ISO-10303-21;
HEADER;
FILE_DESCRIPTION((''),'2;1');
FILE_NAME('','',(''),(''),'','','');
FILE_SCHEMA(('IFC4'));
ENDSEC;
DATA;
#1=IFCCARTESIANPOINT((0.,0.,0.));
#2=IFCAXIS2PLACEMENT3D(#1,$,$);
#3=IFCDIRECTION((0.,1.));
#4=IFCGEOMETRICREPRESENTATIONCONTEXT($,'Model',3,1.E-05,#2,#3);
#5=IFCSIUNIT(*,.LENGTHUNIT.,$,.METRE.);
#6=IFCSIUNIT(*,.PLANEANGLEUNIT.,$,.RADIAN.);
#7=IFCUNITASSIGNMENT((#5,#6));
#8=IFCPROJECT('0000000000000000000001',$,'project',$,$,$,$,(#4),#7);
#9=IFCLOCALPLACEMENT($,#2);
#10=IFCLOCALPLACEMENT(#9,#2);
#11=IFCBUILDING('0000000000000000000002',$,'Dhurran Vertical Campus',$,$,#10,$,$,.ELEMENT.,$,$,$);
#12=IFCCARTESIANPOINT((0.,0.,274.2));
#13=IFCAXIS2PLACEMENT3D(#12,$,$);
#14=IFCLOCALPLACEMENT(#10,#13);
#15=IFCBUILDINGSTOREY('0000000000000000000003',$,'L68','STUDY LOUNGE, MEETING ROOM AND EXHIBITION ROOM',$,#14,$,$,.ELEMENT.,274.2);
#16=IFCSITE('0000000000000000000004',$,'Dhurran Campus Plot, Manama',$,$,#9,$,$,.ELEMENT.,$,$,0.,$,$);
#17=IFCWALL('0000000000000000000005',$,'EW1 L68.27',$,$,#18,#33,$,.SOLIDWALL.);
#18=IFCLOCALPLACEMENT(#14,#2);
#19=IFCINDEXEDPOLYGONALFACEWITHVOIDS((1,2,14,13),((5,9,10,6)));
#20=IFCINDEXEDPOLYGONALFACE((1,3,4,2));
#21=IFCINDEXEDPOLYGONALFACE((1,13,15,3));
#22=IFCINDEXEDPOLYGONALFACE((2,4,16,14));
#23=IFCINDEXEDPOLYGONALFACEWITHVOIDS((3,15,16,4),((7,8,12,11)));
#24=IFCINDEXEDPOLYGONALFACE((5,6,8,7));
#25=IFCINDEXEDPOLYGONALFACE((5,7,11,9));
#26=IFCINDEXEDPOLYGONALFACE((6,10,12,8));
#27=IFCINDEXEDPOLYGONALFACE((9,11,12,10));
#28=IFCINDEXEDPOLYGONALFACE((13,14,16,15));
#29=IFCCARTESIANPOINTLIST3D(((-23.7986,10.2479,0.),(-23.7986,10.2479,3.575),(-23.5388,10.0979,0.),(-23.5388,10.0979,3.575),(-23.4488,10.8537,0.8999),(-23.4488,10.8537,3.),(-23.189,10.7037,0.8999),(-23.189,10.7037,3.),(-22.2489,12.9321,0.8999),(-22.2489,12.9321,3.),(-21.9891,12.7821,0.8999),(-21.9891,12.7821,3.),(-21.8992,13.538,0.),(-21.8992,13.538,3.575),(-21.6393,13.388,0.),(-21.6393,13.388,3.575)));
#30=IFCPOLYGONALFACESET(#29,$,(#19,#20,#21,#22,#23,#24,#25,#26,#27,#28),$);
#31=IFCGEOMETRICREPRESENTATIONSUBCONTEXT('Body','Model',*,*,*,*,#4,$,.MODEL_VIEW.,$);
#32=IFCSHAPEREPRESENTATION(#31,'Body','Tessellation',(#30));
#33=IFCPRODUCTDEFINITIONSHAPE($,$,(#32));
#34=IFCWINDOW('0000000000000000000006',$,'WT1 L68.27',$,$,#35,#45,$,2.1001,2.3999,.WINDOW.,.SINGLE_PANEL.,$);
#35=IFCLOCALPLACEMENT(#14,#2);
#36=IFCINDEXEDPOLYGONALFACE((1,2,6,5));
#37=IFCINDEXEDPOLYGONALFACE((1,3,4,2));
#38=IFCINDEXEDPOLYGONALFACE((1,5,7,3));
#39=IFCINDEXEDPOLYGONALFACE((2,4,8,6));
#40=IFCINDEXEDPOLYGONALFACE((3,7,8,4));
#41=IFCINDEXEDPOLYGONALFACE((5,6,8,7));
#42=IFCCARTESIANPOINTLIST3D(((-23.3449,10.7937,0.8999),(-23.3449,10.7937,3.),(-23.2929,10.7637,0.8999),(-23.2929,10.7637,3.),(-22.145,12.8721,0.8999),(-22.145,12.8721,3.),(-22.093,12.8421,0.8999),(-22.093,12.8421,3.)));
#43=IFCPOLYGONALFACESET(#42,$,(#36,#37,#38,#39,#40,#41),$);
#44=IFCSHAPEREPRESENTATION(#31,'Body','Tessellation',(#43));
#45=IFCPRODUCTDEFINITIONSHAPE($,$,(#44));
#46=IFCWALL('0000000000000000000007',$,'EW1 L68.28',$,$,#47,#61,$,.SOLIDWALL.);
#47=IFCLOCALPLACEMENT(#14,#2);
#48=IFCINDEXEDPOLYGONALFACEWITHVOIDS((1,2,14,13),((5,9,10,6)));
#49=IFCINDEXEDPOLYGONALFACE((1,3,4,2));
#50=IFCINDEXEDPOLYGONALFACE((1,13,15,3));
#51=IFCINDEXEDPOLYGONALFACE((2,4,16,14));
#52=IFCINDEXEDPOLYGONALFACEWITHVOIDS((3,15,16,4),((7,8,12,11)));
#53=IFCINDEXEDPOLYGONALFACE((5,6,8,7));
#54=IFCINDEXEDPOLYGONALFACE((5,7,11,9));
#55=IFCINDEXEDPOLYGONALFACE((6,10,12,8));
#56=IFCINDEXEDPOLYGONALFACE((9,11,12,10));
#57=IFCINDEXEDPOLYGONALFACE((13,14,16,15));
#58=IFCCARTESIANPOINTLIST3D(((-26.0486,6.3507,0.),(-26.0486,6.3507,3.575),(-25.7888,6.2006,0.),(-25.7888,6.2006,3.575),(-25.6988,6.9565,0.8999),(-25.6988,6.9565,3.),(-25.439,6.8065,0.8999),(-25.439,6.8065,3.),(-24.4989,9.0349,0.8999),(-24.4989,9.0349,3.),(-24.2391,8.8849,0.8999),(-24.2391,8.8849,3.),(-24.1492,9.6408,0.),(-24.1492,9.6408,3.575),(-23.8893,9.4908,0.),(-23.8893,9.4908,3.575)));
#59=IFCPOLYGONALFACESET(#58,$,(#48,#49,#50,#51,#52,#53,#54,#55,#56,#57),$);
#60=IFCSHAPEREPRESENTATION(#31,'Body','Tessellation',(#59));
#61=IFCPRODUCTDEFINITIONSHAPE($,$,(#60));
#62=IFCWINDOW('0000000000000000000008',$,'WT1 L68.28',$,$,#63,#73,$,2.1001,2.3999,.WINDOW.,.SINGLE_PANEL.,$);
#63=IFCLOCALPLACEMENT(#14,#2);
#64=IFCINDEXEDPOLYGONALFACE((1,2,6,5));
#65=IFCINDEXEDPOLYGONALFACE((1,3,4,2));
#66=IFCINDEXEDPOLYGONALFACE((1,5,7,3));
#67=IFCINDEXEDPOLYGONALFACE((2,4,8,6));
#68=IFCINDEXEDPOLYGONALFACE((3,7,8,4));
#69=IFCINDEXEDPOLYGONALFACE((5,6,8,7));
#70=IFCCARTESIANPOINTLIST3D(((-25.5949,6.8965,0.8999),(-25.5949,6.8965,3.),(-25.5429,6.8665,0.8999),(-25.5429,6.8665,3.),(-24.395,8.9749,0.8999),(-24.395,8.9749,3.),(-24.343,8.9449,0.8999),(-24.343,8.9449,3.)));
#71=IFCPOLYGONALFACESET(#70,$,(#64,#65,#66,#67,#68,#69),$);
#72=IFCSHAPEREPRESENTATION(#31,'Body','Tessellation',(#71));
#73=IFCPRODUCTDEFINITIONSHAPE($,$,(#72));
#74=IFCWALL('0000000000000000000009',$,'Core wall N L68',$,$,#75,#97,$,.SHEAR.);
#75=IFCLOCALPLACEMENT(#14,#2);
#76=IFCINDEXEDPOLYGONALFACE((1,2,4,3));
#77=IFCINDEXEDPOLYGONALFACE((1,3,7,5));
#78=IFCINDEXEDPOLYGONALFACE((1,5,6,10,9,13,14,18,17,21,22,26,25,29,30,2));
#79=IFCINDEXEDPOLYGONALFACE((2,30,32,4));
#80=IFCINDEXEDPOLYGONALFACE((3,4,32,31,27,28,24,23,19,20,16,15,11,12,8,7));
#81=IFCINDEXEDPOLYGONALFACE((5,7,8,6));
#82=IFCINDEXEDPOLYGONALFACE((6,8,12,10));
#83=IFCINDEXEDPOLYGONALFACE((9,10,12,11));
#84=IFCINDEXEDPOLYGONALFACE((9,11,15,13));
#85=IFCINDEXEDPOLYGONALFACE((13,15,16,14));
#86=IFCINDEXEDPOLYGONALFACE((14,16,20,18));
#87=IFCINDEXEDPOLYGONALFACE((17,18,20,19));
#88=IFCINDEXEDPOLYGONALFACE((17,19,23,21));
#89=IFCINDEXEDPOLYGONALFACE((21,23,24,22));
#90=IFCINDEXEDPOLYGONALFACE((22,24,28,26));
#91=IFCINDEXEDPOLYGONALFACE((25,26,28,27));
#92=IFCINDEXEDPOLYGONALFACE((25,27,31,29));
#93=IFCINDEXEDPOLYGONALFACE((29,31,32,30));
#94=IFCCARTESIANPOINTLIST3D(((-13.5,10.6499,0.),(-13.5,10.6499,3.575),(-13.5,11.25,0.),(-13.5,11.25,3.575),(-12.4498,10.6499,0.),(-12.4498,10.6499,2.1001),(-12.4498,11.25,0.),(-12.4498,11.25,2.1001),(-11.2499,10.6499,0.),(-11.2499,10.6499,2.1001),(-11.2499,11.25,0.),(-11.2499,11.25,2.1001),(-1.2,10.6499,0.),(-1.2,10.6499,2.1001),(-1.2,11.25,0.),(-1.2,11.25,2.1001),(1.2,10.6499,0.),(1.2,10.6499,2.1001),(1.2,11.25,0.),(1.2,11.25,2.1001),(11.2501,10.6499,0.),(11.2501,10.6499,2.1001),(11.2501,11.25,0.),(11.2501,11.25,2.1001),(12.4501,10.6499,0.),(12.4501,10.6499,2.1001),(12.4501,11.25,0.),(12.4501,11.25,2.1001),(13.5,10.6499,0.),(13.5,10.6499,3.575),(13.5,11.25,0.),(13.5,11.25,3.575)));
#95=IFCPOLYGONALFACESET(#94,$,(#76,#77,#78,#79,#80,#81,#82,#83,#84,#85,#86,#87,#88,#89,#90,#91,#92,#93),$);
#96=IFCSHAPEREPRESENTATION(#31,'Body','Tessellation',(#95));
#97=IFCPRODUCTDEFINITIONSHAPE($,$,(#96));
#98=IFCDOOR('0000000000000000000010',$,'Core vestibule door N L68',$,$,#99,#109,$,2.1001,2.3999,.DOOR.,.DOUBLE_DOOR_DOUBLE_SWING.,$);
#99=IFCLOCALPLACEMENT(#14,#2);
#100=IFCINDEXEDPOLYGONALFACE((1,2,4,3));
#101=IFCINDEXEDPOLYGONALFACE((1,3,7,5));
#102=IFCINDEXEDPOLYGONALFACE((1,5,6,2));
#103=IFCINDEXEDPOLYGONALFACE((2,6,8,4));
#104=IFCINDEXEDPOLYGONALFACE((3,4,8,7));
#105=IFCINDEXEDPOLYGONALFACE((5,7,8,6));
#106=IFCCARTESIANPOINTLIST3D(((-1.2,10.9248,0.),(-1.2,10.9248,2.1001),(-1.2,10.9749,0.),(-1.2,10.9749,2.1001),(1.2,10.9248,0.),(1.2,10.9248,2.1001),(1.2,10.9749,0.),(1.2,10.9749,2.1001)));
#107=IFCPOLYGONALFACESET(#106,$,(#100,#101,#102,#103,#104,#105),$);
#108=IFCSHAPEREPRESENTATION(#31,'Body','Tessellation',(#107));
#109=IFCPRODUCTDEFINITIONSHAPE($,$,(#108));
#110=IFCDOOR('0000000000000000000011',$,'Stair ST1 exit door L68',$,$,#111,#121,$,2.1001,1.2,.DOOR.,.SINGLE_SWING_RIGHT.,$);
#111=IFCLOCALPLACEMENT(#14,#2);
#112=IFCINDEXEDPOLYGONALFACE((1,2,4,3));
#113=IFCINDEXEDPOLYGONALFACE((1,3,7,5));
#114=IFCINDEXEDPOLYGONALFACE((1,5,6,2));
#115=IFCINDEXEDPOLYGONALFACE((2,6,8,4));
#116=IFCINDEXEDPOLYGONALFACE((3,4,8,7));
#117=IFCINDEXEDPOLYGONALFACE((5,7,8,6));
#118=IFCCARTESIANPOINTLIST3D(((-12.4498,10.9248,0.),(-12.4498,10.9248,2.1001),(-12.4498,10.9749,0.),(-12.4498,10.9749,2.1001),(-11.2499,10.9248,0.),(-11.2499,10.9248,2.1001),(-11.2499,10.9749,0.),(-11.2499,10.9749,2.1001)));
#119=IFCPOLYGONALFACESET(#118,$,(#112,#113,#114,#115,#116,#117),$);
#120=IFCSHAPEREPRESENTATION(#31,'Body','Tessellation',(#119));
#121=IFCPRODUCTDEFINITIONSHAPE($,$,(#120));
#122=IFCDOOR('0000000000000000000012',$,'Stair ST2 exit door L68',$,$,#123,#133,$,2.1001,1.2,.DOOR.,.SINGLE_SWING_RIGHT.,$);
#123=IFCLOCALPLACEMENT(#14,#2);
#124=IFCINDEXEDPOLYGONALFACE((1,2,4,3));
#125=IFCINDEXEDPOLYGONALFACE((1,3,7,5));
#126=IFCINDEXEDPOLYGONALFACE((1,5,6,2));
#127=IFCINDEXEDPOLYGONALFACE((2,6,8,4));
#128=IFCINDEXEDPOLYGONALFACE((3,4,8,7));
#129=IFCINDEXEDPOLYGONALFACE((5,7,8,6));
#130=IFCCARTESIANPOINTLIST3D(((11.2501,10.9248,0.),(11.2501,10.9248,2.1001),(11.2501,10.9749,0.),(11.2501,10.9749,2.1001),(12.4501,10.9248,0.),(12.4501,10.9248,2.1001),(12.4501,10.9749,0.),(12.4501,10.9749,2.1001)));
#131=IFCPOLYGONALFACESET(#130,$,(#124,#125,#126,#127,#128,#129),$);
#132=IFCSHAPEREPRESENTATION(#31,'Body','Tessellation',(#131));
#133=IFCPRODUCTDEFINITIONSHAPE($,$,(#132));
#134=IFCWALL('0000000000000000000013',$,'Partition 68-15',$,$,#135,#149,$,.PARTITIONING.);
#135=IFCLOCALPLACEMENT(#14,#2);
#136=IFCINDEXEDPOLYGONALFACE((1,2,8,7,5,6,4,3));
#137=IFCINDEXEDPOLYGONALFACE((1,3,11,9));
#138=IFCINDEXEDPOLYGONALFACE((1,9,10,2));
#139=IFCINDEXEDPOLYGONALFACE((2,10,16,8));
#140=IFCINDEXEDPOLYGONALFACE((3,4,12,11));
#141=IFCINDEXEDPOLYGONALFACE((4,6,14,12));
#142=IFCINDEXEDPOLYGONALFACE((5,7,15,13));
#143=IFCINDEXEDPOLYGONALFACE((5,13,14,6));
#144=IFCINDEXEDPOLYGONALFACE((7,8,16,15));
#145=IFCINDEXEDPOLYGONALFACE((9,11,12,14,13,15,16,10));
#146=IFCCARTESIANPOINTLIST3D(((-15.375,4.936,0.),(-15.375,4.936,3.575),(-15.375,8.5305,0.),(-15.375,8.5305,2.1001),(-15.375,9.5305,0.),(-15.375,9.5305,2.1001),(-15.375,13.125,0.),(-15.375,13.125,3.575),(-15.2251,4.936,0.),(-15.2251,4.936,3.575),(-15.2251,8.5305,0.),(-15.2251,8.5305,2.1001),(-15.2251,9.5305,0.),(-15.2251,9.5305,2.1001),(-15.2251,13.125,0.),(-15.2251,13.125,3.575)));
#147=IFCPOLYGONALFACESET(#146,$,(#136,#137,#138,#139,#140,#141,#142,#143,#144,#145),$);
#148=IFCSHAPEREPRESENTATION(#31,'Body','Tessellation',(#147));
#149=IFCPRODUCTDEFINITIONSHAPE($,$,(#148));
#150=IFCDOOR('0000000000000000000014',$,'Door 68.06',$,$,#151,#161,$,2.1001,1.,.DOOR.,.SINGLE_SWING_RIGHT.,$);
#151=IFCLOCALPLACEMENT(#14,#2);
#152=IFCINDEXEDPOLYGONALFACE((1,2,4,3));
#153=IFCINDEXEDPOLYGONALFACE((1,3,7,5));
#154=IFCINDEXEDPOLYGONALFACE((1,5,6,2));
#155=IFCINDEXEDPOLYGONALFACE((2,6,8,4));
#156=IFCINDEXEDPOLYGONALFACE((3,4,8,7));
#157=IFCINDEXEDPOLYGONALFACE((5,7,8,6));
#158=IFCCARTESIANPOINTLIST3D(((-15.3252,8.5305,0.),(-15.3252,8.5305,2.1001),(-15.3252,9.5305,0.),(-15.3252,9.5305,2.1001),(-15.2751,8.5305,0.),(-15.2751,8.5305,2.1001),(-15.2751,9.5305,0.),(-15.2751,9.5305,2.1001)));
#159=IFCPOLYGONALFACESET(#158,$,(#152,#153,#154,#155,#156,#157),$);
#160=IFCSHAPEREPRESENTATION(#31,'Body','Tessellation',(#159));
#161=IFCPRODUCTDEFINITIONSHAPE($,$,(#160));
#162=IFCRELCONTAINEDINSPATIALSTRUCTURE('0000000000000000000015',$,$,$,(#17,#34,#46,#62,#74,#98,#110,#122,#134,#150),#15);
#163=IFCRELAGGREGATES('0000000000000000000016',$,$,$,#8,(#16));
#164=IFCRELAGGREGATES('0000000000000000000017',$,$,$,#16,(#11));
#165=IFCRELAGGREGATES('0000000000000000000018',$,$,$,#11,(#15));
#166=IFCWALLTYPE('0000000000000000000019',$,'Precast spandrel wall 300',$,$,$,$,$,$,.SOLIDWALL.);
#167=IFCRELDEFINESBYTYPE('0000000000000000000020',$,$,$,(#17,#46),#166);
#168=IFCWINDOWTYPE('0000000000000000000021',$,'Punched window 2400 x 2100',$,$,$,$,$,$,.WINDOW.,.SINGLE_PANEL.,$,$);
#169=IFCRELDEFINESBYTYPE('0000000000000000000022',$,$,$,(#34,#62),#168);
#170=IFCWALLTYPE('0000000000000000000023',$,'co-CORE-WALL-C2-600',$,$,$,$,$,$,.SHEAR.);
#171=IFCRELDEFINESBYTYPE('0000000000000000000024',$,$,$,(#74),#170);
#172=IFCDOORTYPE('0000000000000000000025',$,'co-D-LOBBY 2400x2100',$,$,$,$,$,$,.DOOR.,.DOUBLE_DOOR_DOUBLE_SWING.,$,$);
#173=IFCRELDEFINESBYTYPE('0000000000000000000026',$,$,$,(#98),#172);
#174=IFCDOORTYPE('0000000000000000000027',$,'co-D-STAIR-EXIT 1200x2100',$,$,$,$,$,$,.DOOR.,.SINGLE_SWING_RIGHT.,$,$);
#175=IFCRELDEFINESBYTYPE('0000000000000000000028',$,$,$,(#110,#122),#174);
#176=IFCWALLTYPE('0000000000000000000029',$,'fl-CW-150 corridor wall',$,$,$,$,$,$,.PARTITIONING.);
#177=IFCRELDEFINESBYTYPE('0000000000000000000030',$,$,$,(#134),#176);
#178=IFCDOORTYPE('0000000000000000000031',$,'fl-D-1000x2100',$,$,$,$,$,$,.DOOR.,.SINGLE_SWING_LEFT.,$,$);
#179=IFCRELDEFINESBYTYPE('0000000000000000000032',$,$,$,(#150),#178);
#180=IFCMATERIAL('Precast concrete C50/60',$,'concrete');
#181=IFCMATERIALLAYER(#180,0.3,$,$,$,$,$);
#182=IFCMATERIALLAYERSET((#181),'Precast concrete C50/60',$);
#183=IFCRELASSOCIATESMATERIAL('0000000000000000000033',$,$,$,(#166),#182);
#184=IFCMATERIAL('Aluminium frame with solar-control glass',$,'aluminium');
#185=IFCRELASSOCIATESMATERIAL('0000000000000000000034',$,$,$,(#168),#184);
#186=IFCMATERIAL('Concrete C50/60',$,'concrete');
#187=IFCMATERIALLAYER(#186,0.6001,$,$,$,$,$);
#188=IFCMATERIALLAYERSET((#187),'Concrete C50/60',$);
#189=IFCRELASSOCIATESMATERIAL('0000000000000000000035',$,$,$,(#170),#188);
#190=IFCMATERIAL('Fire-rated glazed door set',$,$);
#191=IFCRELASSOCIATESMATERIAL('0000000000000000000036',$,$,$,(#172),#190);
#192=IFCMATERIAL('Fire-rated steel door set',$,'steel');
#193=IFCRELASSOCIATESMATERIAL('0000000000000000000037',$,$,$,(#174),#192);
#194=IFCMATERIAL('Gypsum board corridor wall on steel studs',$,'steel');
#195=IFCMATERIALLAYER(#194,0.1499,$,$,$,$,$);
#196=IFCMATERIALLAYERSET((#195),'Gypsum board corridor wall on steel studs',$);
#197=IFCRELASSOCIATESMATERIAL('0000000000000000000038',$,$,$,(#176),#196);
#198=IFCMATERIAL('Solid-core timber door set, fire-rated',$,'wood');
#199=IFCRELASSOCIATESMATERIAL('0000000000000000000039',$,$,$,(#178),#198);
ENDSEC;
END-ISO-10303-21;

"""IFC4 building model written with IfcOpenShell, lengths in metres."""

from ifc_helpers import new_model, si_unit, direction, frame, frame_2d, origin, place, context, subcontext, project, spatial, rectangle, extrude, material, layer, layer_set, type_object, element, fill, save


model = new_model("IFC4")

# Units and contexts
model_context = context("Model", 3, precision=1e-05, world=origin(), true_north=direction((0.0, 1.0)))
body_context = subcontext(model_context, "Body", "Model", "MODEL_VIEW")
ifc_project = project(units=[si_unit("LENGTHUNIT", "METRE"), si_unit("PLANEANGLEUNIT", "RADIAN")], contexts=[model_context])

# Site, building, storey
site_placement = place(None, origin())
site = spatial("IfcSite", under=ifc_project, at=site_placement, Name="Dhurran Campus Plot, Manama", CompositionType="ELEMENT", RefElevation=0.0)
building_placement = place(site_placement, origin())
building = spatial("IfcBuilding", under=site, at=building_placement, Name="Dhurran Vertical Campus", CompositionType="ELEMENT")
storey_placement = place(building_placement, frame((0.0, 0.0, 274.2)))
storey = spatial("IfcBuildingStorey", under=building, at=storey_placement, Name="L68", Description="STUDY LOUNGE, MEETING ROOM AND EXHIBITION ROOM", CompositionType="ELEMENT", Elevation=274.2)

# Walls, openings, windows
ifc_material_1 = material(Name="Precast concrete C50/60", Category="concrete")
ifc_layer_1 = layer(ifc_material_1, 0.3)
ifc_layer_set_1 = layer_set([ifc_layer_1], Name="Precast concrete C50/60")
wall_type_1 = type_object("IfcWallType", Name="Precast spandrel wall 300", PredefinedType="SOLIDWALL", material=ifc_layer_set_1)
ifc_material_2 = material(Name="Aluminium frame with solar-control glass", Category="aluminium")
window_type = type_object("IfcWindowType", Name="Punched window 2400 x 2100", PartitioningType="SINGLE_PANEL", PredefinedType="WINDOW", material=ifc_material_2)
wall_1_placement = place(storey_placement, frame((-21.7693, 13.4629, 0.0), z_axis=(0.0, 0.0, 1.0), x_axis=(-0.499982, -0.866036, 0.0)))
wall_1 = element("IfcWall", 1, at=wall_1_placement, inside=storey, type_object=wall_type_1, Name="EW1 L68.27", PredefinedType="SOLIDWALL", context=body_context, shape_type="SweptSolid", body=[
    extrude(rectangle(XDim=3.7991, YDim=0.3, at=frame_2d((1.8994, 0.0))), origin(), (0.0, 0.0, 1.0), 3.575),
])
opening_1_placement = place(wall_1_placement, frame((0.6995, 0.0, 0.8999)))
opening_1 = element("IfcOpeningElement", 2, at=opening_1_placement, cuts=wall_1, PredefinedType="OPENING", context=body_context, shape_type="SweptSolid", body=[
    extrude(rectangle(XDim=2.3999, YDim=2.1001, at=frame_2d((1.2, 1.05))), frame((0.0, 0.1599, 0.0), z_axis=(0.0, -1.0, 0.0), x_axis=(1.0, 0.0, 0.0)), (0.0, 0.0, 1.0), 0.3201),
])
window_1_placement = place(opening_1_placement, origin())
window_1 = element("IfcWindow", 3, at=window_1_placement, inside=storey, type_object=window_type, Name="WT1 L68.27", OverallHeight=2.1001, OverallWidth=2.3999, PartitioningType="SINGLE_PANEL", PredefinedType="WINDOW", context=body_context, shape_type="SweptSolid", body=[
    extrude(rectangle(XDim=2.3999, YDim=2.1001, at=frame_2d((1.2, 1.05))), frame((0.0, 0.03, 0.0), z_axis=(0.0, -1.0, 0.0), x_axis=(1.0, 0.0, 0.0)), (0.0, 0.0, 1.0), 0.0601),
])
fill(opening_1, window_1)
wall_2_placement = place(storey_placement, frame((-24.0193, 9.5657, 0.0), z_axis=(0.0, 0.0, 1.0), x_axis=(-0.499982, -0.866036, 0.0)))
wall_2 = element("IfcWall", 4, at=wall_2_placement, inside=storey, type_object=wall_type_1, Name="EW1 L68.28", PredefinedType="SOLIDWALL", context=body_context, shape_type="SweptSolid", body=[
    extrude(rectangle(XDim=3.7991, YDim=0.3, at=frame_2d((1.8994, 0.0))), origin(), (0.0, 0.0, 1.0), 3.575),
])
opening_2_placement = place(wall_2_placement, frame((0.6995, 0.0, 0.8999)))
opening_2 = element("IfcOpeningElement", 5, at=opening_2_placement, cuts=wall_2, PredefinedType="OPENING", context=body_context, shape_type="SweptSolid", body=[
    extrude(rectangle(XDim=2.3999, YDim=2.1001, at=frame_2d((1.2, 1.05))), frame((0.0, 0.1599, 0.0), z_axis=(0.0, -1.0, 0.0), x_axis=(1.0, 0.0, 0.0)), (0.0, 0.0, 1.0), 0.3201),
])
window_2_placement = place(opening_2_placement, origin())
window_2 = element("IfcWindow", 6, at=window_2_placement, inside=storey, type_object=window_type, Name="WT1 L68.28", OverallHeight=2.1001, OverallWidth=2.3999, PartitioningType="SINGLE_PANEL", PredefinedType="WINDOW", context=body_context, shape_type="SweptSolid", body=[
    extrude(rectangle(XDim=2.3999, YDim=2.1001, at=frame_2d((1.2, 1.05))), frame((0.0, 0.03, 0.0), z_axis=(0.0, -1.0, 0.0), x_axis=(1.0, 0.0, 0.0)), (0.0, 0.0, 1.0), 0.0601),
])
fill(opening_2, window_2)

# Wall, openings, doors
ifc_material_3 = material(Name="Concrete C50/60", Category="concrete")
ifc_layer_2 = layer(ifc_material_3, 0.6001)
ifc_layer_set_2 = layer_set([ifc_layer_2], Name="Concrete C50/60")
wall_type_2 = type_object("IfcWallType", Name="co-CORE-WALL-C2-600", PredefinedType="SHEAR", material=ifc_layer_set_2)
wall_3_placement = place(storey_placement, frame((-13.5, 10.95, 0.0), z_axis=(0.0, 0.0, 1.0), x_axis=(1.0, 0.0, 0.0)))
wall_3 = element("IfcWall", 7, at=wall_3_placement, inside=storey, type_object=wall_type_2, Name="Core wall N L68", PredefinedType="SHEAR", context=body_context, shape_type="SweptSolid", body=[
    extrude(rectangle(XDim=27.0, YDim=0.6001, at=frame_2d((13.5, 0.0))), origin(), (0.0, 0.0, 1.0), 3.575),
])
opening_3_placement = place(wall_3_placement, frame((12.3, 0.0, 0.0)))
opening_3 = element("IfcOpeningElement", 8, at=opening_3_placement, cuts=wall_3, PredefinedType="OPENING", context=body_context, shape_type="SweptSolid", body=[
    extrude(rectangle(XDim=2.3999, YDim=2.1001, at=frame_2d((1.2, 1.05))), frame((0.0, 0.3101, 0.0), z_axis=(0.0, -1.0, 0.0), x_axis=(1.0, 0.0, 0.0)), (0.0, 0.0, 1.0), 0.6201),
])
opening_4_placement = place(wall_3_placement, frame((1.05, 0.0, 0.0)))
opening_4 = element("IfcOpeningElement", 9, at=opening_4_placement, cuts=wall_3, PredefinedType="OPENING", context=body_context, shape_type="SweptSolid", body=[
    extrude(rectangle(XDim=1.2, YDim=2.1001, at=frame_2d((0.6001, 1.05))), frame((0.0, 0.3101, 0.0), z_axis=(0.0, -1.0, 0.0), x_axis=(1.0, 0.0, 0.0)), (0.0, 0.0, 1.0), 0.6201),
])
opening_5_placement = place(wall_3_placement, frame((24.75, 0.0, 0.0)))
opening_5 = element("IfcOpeningElement", 10, at=opening_5_placement, cuts=wall_3, PredefinedType="OPENING", context=body_context, shape_type="SweptSolid", body=[
    extrude(rectangle(XDim=1.2, YDim=2.1001, at=frame_2d((0.6001, 1.05))), frame((0.0, 0.3101, 0.0), z_axis=(0.0, -1.0, 0.0), x_axis=(1.0, 0.0, 0.0)), (0.0, 0.0, 1.0), 0.6201),
])
ifc_material_4 = material(Name="Fire-rated glazed door set")
door_type_1 = type_object("IfcDoorType", Name="co-D-LOBBY 2400x2100", OperationType="DOUBLE_DOOR_DOUBLE_SWING", PredefinedType="DOOR", material=ifc_material_4)
door_1_placement = place(opening_3_placement, origin())
door_1 = element("IfcDoor", 11, at=door_1_placement, inside=storey, type_object=door_type_1, Name="Core vestibule door N L68", OperationType="DOUBLE_DOOR_DOUBLE_SWING", OverallHeight=2.1001, OverallWidth=2.3999, PredefinedType="DOOR", context=body_context, shape_type="SweptSolid", body=[
    extrude(rectangle(XDim=2.3999, YDim=2.1001, at=frame_2d((1.2, 1.05))), frame((0.0, 0.0249, 0.0), z_axis=(0.0, -1.0, 0.0), x_axis=(1.0, 0.0, 0.0)), (0.0, 0.0, 1.0), 0.05),
])
fill(opening_3, door_1)
ifc_material_5 = material(Name="Fire-rated steel door set", Category="steel")
door_type_2 = type_object("IfcDoorType", Name="co-D-STAIR-EXIT 1200x2100", OperationType="SINGLE_SWING_RIGHT", PredefinedType="DOOR", material=ifc_material_5)
door_2_placement = place(opening_4_placement, origin())
door_2 = element("IfcDoor", 12, at=door_2_placement, inside=storey, type_object=door_type_2, Name="Stair ST1 exit door L68", OperationType="SINGLE_SWING_RIGHT", OverallHeight=2.1001, OverallWidth=1.2, PredefinedType="DOOR", context=body_context, shape_type="SweptSolid", body=[
    extrude(rectangle(XDim=1.2, YDim=2.1001, at=frame_2d((0.6001, 1.05))), frame((0.0, 0.0249, 0.0), z_axis=(0.0, -1.0, 0.0), x_axis=(1.0, 0.0, 0.0)), (0.0, 0.0, 1.0), 0.05),
])
fill(opening_4, door_2)
door_3_placement = place(opening_5_placement, origin())
door_3 = element("IfcDoor", 13, at=door_3_placement, inside=storey, type_object=door_type_2, Name="Stair ST2 exit door L68", OperationType="SINGLE_SWING_RIGHT", OverallHeight=2.1001, OverallWidth=1.2, PredefinedType="DOOR", context=body_context, shape_type="SweptSolid", body=[
    extrude(rectangle(XDim=1.2, YDim=2.1001, at=frame_2d((0.6001, 1.05))), frame((0.0, 0.0249, 0.0), z_axis=(0.0, -1.0, 0.0), x_axis=(1.0, 0.0, 0.0)), (0.0, 0.0, 1.0), 0.05),
])
fill(opening_5, door_3)

# Wall, opening, door
ifc_material_6 = material(Name="Gypsum board corridor wall on steel studs", Category="steel")
ifc_layer_3 = layer(ifc_material_6, 0.1499)
ifc_layer_set_3 = layer_set([ifc_layer_3], Name="Gypsum board corridor wall on steel studs")
wall_type_3 = type_object("IfcWallType", Name="fl-CW-150 corridor wall", PredefinedType="PARTITIONING", material=ifc_layer_set_3)
wall_4_placement = place(storey_placement, frame((-15.3, 13.125, 0.0), z_axis=(0.0, 0.0, 1.0), x_axis=(0.0, -1.0, 0.0)))
wall_4 = element("IfcWall", 14, at=wall_4_placement, inside=storey, type_object=wall_type_3, Name="Partition 68-15", PredefinedType="PARTITIONING", context=body_context, shape_type="SweptSolid", body=[
    extrude(rectangle(XDim=8.189, YDim=0.1499, at=frame_2d((4.0945, 0.0))), origin(), (0.0, 0.0, 1.0), 3.575),
])
opening_6_placement = place(wall_4_placement, frame((3.5945, 0.0, 0.0)))
opening_6 = element("IfcOpeningElement", 15, at=opening_6_placement, cuts=wall_4, PredefinedType="OPENING", context=body_context, shape_type="SweptSolid", body=[
    extrude(rectangle(XDim=1.0, YDim=2.1001, at=frame_2d((0.5, 1.05))), frame((0.0, 0.085, 0.0), z_axis=(0.0, -1.0, 0.0), x_axis=(1.0, 0.0, 0.0)), (0.0, 0.0, 1.0), 0.1699),
])
ifc_material_7 = material(Name="Solid-core timber door set, fire-rated", Category="wood")
door_type_3 = type_object("IfcDoorType", Name="fl-D-1000x2100", OperationType="SINGLE_SWING_LEFT", PredefinedType="DOOR", material=ifc_material_7)
door_4_placement = place(opening_6_placement, origin())
door_4 = element("IfcDoor", 16, at=door_4_placement, inside=storey, type_object=door_type_3, Name="Door 68.06", OperationType="SINGLE_SWING_RIGHT", OverallHeight=2.1001, OverallWidth=1.0, PredefinedType="DOOR", context=body_context, shape_type="SweptSolid", body=[
    extrude(rectangle(XDim=1.0, YDim=2.1001, at=frame_2d((0.5, 1.05))), frame((0.0, 0.0249, 0.0), z_axis=(0.0, -1.0, 0.0), x_axis=(1.0, 0.0, 0.0)), (0.0, 0.0, 1.0), 0.05),
])
fill(opening_6, door_4)

save(model, "model.ifc")
